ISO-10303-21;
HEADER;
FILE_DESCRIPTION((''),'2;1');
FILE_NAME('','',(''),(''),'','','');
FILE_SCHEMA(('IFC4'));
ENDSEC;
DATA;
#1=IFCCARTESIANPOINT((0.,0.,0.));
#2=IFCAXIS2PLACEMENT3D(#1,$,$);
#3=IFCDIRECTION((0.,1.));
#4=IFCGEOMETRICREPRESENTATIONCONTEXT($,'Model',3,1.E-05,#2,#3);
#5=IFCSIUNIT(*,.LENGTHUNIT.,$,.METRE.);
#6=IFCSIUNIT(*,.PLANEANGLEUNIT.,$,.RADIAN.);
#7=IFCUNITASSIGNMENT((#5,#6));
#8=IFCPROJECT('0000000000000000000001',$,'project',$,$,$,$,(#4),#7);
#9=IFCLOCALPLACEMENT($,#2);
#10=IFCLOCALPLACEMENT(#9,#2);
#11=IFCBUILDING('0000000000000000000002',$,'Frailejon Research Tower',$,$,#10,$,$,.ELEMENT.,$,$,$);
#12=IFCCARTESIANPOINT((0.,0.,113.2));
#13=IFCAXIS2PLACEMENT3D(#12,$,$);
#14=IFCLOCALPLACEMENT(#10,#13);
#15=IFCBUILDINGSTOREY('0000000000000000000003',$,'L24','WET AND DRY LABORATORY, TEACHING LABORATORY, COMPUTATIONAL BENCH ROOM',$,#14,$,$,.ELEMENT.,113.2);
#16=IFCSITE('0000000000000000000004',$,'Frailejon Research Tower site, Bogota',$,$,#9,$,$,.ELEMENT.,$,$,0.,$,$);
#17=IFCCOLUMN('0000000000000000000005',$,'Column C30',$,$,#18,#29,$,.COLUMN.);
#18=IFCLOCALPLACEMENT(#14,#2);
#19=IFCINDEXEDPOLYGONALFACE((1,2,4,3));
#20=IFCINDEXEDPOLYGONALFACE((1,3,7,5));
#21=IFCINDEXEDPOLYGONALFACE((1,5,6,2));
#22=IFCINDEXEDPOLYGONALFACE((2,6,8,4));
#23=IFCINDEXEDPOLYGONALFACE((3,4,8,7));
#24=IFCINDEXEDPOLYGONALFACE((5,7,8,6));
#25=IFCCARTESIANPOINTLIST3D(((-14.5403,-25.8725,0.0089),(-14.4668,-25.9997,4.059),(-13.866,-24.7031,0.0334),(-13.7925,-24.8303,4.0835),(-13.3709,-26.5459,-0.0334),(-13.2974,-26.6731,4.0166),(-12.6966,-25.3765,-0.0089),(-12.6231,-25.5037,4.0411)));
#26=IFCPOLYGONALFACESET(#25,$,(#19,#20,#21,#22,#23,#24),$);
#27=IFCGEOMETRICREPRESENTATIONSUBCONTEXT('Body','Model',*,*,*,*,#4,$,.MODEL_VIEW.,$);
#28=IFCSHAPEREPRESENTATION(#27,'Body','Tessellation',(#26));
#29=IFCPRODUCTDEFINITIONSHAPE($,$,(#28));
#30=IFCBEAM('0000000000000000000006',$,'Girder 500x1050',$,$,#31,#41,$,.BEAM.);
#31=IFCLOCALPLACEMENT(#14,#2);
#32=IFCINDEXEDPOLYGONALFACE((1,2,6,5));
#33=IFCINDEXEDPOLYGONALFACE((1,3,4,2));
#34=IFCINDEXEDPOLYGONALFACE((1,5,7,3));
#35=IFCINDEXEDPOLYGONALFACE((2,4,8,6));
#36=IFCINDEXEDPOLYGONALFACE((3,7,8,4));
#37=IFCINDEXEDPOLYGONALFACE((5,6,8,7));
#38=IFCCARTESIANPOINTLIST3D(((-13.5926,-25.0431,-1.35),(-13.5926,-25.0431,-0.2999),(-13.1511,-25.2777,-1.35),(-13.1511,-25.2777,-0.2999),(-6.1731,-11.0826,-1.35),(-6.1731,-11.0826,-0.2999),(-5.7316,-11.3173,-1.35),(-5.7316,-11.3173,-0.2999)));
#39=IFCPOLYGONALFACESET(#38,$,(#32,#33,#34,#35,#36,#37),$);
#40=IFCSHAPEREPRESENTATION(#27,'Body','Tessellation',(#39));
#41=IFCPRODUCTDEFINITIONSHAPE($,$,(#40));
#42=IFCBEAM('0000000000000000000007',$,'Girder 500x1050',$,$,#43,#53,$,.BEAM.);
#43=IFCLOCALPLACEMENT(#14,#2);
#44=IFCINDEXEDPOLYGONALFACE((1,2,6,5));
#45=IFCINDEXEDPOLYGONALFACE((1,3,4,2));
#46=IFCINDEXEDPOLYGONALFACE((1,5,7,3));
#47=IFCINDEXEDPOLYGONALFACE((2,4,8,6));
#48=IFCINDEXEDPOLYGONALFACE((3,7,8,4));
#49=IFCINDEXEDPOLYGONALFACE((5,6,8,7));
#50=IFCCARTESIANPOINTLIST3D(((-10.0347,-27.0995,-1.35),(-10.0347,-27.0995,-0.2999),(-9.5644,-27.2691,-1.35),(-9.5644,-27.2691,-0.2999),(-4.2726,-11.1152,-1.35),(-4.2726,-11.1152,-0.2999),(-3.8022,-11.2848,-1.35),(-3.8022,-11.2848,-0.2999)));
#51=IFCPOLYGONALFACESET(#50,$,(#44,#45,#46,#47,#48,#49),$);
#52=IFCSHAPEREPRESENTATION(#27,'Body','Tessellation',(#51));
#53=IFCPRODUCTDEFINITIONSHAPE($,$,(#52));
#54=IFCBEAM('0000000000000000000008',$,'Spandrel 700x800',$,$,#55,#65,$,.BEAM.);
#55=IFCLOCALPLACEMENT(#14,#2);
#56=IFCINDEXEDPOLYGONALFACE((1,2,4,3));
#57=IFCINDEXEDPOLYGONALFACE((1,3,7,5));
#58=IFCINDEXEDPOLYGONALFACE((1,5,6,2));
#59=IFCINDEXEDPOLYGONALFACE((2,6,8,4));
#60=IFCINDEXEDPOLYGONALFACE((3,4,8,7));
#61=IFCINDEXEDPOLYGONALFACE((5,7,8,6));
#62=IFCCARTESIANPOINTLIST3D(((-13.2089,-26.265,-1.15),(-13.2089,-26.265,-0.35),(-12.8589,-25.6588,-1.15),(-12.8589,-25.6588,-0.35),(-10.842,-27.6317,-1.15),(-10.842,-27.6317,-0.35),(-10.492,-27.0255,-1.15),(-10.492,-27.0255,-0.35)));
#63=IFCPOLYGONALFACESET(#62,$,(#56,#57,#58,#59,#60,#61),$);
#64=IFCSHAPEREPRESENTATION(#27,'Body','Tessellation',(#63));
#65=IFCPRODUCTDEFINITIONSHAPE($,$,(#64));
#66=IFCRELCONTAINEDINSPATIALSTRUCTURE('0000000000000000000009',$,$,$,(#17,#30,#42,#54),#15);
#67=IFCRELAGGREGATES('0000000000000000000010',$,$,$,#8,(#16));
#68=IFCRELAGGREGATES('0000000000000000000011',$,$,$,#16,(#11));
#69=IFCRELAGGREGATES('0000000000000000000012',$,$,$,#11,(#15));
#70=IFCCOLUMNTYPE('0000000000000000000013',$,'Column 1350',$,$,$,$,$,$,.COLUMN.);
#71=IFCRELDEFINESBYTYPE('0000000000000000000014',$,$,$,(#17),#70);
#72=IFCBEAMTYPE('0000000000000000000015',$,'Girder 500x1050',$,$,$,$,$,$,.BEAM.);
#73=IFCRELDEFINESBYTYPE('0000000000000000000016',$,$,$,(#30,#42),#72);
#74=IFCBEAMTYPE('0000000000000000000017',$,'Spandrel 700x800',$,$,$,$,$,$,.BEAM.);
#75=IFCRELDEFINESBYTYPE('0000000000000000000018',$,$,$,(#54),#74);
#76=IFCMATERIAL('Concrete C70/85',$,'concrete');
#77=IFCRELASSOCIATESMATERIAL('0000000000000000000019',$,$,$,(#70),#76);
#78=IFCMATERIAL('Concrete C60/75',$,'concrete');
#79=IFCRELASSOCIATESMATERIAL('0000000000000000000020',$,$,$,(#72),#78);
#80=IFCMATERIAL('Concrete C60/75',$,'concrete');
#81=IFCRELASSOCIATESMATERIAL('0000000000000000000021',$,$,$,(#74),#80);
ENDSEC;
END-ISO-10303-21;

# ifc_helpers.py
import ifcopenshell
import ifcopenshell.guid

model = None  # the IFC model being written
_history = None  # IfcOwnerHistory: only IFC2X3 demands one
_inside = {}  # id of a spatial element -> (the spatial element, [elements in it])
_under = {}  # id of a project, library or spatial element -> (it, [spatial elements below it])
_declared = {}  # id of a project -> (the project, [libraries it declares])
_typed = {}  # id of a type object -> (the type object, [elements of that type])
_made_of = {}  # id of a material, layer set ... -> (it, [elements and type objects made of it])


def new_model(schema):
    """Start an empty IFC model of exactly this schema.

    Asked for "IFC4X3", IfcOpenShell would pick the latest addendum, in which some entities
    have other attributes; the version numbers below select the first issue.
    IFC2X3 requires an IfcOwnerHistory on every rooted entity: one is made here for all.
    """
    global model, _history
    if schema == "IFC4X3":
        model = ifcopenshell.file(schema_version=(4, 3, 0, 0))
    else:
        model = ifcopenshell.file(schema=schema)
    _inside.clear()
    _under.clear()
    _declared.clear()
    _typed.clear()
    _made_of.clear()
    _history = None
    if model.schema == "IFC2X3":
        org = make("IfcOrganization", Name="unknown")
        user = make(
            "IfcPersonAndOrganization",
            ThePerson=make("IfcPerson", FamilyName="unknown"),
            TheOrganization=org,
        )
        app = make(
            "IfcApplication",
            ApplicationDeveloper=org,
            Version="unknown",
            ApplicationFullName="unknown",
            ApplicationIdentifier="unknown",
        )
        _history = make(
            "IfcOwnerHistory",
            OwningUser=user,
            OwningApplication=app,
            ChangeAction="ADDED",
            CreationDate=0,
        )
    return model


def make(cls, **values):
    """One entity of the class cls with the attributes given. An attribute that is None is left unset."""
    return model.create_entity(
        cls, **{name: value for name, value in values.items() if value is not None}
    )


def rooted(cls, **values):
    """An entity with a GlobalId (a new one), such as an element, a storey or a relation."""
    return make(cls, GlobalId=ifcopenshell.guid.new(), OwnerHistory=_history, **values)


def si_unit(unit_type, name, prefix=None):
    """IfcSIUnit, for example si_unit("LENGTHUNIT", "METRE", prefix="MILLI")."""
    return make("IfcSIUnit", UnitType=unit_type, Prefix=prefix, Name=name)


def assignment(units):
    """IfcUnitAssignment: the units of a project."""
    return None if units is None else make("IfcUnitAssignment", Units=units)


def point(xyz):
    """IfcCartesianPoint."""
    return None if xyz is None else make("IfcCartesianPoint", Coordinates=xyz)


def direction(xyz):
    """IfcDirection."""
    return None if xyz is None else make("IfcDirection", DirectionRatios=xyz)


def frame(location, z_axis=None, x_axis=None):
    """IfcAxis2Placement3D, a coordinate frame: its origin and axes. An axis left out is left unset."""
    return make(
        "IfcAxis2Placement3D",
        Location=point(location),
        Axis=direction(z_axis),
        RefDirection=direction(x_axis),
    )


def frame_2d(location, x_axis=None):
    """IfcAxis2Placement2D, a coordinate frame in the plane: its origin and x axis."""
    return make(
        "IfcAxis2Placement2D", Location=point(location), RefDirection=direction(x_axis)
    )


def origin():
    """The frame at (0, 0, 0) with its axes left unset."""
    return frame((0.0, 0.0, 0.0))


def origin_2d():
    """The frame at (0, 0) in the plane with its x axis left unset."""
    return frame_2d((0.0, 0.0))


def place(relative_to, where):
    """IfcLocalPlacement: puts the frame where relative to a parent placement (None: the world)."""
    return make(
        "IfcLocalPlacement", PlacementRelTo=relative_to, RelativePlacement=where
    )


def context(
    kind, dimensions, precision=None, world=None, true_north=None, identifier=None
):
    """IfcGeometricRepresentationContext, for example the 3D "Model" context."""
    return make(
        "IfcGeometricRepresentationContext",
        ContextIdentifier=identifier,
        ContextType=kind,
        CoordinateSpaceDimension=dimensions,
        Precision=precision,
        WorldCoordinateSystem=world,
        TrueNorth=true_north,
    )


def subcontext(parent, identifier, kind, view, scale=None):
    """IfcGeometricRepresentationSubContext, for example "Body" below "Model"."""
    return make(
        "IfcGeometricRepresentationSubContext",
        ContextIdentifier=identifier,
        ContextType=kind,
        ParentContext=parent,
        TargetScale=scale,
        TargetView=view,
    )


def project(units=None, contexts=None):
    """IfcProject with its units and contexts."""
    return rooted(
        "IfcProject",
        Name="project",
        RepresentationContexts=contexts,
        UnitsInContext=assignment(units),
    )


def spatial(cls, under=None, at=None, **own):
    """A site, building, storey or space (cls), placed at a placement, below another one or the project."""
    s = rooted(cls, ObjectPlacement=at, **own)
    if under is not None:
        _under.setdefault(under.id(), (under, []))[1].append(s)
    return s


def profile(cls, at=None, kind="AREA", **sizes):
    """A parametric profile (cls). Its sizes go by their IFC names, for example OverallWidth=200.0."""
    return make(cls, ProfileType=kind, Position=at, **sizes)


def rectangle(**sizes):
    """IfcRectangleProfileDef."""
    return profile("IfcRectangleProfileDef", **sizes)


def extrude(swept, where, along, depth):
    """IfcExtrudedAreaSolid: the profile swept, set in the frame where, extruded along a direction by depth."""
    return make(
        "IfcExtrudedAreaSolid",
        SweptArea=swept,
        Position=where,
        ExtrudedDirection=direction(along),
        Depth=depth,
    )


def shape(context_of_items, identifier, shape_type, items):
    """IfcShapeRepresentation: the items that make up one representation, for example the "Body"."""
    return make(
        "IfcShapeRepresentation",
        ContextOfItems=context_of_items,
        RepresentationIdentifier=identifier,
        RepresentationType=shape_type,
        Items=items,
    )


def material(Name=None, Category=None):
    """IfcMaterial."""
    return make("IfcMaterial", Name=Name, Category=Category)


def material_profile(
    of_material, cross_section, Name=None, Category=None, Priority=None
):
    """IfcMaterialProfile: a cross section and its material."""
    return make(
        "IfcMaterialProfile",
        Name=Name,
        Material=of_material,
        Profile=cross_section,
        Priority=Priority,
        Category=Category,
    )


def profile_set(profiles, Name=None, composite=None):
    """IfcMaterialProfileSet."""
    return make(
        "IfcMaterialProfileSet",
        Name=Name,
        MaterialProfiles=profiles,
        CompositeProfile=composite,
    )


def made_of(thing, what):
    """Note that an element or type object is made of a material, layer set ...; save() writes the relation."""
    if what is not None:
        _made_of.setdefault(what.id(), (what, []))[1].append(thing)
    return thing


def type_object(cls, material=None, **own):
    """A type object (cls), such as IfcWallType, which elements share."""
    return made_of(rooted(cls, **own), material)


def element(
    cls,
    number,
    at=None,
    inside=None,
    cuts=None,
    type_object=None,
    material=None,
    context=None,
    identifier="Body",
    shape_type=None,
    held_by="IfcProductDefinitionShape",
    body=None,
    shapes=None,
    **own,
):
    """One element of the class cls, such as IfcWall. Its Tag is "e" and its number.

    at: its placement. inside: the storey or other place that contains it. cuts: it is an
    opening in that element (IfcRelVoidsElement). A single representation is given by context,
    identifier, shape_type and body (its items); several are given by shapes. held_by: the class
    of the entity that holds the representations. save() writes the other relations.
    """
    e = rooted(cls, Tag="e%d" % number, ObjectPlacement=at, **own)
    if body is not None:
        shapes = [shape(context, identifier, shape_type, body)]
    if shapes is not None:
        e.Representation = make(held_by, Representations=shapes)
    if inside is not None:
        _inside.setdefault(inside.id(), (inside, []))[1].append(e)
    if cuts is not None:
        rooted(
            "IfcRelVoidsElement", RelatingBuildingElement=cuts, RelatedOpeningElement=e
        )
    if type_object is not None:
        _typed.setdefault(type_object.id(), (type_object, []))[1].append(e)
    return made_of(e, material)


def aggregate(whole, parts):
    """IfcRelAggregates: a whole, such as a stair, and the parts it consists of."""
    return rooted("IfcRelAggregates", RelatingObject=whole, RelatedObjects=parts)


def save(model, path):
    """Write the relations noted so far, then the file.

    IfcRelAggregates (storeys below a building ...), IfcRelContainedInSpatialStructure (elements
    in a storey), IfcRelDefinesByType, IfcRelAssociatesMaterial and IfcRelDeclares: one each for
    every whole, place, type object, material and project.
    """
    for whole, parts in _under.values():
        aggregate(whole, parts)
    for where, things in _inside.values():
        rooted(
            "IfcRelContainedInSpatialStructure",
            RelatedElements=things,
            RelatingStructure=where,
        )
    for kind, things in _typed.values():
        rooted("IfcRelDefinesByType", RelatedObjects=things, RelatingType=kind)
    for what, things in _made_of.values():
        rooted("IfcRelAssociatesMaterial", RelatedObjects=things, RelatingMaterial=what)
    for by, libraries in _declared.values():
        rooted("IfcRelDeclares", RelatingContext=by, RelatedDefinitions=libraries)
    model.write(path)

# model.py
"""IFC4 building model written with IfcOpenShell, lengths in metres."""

from ifc_helpers import new_model, si_unit, direction, frame, origin, origin_2d, place, context, subcontext, project, spatial, rectangle, extrude, material, material_profile, profile_set, type_object, element, save


model = new_model("IFC4")

# Units and contexts
model_context = context("Model", 3, precision=1e-05, world=origin(), true_north=direction((0.0, 1.0)))
body_context = subcontext(model_context, "Body", "Model", "MODEL_VIEW")
ifc_project = project(units=[si_unit("LENGTHUNIT", "METRE"), si_unit("PLANEANGLEUNIT", "RADIAN")], contexts=[model_context])

# Site, building, storey
site_placement = place(None, origin())
site = spatial("IfcSite", under=ifc_project, at=site_placement, Name="Frailejon Research Tower site, Bogota", CompositionType="ELEMENT", RefElevation=0.0)
building_placement = place(site_placement, origin())
building = spatial("IfcBuilding", under=site, at=building_placement, Name="Frailejon Research Tower", CompositionType="ELEMENT")
storey_placement = place(building_placement, frame((0.0, 0.0, 113.2)))
storey = spatial("IfcBuildingStorey", under=building, at=storey_placement, Name="L24", Description="WET AND DRY LABORATORY, TEACHING LABORATORY, COMPUTATIONAL BENCH ROOM", CompositionType="ELEMENT", Elevation=113.2)

# Column
ifc_material_1 = material(Name="Concrete C70/85", Category="concrete")
ifc_material_profile_1 = material_profile(ifc_material_1, rectangle(XDim=1.3501, YDim=1.3501, at=origin_2d()), Name="Column 1350")
ifc_profile_set_1 = profile_set([ifc_material_profile_1], Name="Concrete C70/85")
column_type = type_object("IfcColumnType", Name="Column 1350", PredefinedType="COLUMN", material=ifc_profile_set_1)
column_placement = place(storey_placement, frame((-13.6184, -25.6245, 0.0), z_axis=(0.018133, -0.031386, 0.999343), x_axis=(0.866156, -0.498787, -0.031381)))
element("IfcColumn", 1, at=column_placement, inside=storey, type_object=column_type, Name="Column C30", PredefinedType="COLUMN", context=body_context, shape_type="SweptSolid", body=[
    extrude(rectangle(XDim=1.3501, YDim=1.3501, at=origin_2d()), origin(), (0.0, 0.0, 1.0), 4.0527),
])

# Beams
ifc_material_2 = material(Name="Concrete C60/75", Category="concrete")
ifc_material_profile_2 = material_profile(ifc_material_2, rectangle(XDim=0.5, YDim=1.05, at=origin_2d()), Name="Girder 500x1050")
ifc_profile_set_2 = profile_set([ifc_material_profile_2], Name="Concrete C60/75")
beam_type_1 = type_object("IfcBeamType", Name="Girder 500x1050", PredefinedType="BEAM", material=ifc_profile_set_2)
beam_1_placement = place(storey_placement, frame((-13.3718, -25.1604, -0.825), z_axis=(0.4693, 0.883039, 0.0), x_axis=(-0.883039, 0.4693, 0.0)))
element("IfcBeam", 2, at=beam_1_placement, inside=storey, type_object=beam_type_1, Name="Girder 500x1050", PredefinedType="BEAM", context=body_context, shape_type="SweptSolid", body=[
    extrude(rectangle(XDim=0.5, YDim=1.05, at=origin_2d()), origin(), (0.0, 0.0, 1.0), 15.8096),
])
beam_2_placement = place(storey_placement, frame((-9.7996, -27.1843, -0.825), z_axis=(0.339127, 0.94074, 0.0), x_axis=(-0.94074, 0.339127, 0.0)))
element("IfcBeam", 3, at=beam_2_placement, inside=storey, type_object=beam_type_1, Name="Girder 500x1050", PredefinedType="BEAM", context=body_context, shape_type="SweptSolid", body=[
    extrude(rectangle(XDim=0.5, YDim=1.05, at=origin_2d()), origin(), (0.0, 0.0, 1.0), 16.9912),
])
ifc_material_3 = material(Name="Concrete C60/75", Category="concrete")
ifc_material_profile_3 = material_profile(ifc_material_3, rectangle(XDim=0.7, YDim=0.8, at=origin_2d()), Name="Spandrel 700x800")
ifc_profile_set_3 = profile_set([ifc_material_profile_3], Name="Concrete C60/75")
beam_type_2 = type_object("IfcBeamType", Name="Spandrel 700x800", PredefinedType="BEAM", material=ifc_profile_set_3)
beam_3_placement = place(storey_placement, frame((-13.0339, -25.9619, -0.75), z_axis=(0.866003, -0.500039, 0.0), x_axis=(0.500039, 0.866003, 0.0)))
element("IfcBeam", 4, at=beam_3_placement, inside=storey, type_object=beam_type_2, Name="Spandrel 700x800", PredefinedType="BEAM", context=body_context, shape_type="SweptSolid", body=[
    extrude(rectangle(XDim=0.7, YDim=0.8, at=origin_2d()), origin(), (0.0, 0.0, 1.0), 2.7332),
])

save(model, "model.ifc")
